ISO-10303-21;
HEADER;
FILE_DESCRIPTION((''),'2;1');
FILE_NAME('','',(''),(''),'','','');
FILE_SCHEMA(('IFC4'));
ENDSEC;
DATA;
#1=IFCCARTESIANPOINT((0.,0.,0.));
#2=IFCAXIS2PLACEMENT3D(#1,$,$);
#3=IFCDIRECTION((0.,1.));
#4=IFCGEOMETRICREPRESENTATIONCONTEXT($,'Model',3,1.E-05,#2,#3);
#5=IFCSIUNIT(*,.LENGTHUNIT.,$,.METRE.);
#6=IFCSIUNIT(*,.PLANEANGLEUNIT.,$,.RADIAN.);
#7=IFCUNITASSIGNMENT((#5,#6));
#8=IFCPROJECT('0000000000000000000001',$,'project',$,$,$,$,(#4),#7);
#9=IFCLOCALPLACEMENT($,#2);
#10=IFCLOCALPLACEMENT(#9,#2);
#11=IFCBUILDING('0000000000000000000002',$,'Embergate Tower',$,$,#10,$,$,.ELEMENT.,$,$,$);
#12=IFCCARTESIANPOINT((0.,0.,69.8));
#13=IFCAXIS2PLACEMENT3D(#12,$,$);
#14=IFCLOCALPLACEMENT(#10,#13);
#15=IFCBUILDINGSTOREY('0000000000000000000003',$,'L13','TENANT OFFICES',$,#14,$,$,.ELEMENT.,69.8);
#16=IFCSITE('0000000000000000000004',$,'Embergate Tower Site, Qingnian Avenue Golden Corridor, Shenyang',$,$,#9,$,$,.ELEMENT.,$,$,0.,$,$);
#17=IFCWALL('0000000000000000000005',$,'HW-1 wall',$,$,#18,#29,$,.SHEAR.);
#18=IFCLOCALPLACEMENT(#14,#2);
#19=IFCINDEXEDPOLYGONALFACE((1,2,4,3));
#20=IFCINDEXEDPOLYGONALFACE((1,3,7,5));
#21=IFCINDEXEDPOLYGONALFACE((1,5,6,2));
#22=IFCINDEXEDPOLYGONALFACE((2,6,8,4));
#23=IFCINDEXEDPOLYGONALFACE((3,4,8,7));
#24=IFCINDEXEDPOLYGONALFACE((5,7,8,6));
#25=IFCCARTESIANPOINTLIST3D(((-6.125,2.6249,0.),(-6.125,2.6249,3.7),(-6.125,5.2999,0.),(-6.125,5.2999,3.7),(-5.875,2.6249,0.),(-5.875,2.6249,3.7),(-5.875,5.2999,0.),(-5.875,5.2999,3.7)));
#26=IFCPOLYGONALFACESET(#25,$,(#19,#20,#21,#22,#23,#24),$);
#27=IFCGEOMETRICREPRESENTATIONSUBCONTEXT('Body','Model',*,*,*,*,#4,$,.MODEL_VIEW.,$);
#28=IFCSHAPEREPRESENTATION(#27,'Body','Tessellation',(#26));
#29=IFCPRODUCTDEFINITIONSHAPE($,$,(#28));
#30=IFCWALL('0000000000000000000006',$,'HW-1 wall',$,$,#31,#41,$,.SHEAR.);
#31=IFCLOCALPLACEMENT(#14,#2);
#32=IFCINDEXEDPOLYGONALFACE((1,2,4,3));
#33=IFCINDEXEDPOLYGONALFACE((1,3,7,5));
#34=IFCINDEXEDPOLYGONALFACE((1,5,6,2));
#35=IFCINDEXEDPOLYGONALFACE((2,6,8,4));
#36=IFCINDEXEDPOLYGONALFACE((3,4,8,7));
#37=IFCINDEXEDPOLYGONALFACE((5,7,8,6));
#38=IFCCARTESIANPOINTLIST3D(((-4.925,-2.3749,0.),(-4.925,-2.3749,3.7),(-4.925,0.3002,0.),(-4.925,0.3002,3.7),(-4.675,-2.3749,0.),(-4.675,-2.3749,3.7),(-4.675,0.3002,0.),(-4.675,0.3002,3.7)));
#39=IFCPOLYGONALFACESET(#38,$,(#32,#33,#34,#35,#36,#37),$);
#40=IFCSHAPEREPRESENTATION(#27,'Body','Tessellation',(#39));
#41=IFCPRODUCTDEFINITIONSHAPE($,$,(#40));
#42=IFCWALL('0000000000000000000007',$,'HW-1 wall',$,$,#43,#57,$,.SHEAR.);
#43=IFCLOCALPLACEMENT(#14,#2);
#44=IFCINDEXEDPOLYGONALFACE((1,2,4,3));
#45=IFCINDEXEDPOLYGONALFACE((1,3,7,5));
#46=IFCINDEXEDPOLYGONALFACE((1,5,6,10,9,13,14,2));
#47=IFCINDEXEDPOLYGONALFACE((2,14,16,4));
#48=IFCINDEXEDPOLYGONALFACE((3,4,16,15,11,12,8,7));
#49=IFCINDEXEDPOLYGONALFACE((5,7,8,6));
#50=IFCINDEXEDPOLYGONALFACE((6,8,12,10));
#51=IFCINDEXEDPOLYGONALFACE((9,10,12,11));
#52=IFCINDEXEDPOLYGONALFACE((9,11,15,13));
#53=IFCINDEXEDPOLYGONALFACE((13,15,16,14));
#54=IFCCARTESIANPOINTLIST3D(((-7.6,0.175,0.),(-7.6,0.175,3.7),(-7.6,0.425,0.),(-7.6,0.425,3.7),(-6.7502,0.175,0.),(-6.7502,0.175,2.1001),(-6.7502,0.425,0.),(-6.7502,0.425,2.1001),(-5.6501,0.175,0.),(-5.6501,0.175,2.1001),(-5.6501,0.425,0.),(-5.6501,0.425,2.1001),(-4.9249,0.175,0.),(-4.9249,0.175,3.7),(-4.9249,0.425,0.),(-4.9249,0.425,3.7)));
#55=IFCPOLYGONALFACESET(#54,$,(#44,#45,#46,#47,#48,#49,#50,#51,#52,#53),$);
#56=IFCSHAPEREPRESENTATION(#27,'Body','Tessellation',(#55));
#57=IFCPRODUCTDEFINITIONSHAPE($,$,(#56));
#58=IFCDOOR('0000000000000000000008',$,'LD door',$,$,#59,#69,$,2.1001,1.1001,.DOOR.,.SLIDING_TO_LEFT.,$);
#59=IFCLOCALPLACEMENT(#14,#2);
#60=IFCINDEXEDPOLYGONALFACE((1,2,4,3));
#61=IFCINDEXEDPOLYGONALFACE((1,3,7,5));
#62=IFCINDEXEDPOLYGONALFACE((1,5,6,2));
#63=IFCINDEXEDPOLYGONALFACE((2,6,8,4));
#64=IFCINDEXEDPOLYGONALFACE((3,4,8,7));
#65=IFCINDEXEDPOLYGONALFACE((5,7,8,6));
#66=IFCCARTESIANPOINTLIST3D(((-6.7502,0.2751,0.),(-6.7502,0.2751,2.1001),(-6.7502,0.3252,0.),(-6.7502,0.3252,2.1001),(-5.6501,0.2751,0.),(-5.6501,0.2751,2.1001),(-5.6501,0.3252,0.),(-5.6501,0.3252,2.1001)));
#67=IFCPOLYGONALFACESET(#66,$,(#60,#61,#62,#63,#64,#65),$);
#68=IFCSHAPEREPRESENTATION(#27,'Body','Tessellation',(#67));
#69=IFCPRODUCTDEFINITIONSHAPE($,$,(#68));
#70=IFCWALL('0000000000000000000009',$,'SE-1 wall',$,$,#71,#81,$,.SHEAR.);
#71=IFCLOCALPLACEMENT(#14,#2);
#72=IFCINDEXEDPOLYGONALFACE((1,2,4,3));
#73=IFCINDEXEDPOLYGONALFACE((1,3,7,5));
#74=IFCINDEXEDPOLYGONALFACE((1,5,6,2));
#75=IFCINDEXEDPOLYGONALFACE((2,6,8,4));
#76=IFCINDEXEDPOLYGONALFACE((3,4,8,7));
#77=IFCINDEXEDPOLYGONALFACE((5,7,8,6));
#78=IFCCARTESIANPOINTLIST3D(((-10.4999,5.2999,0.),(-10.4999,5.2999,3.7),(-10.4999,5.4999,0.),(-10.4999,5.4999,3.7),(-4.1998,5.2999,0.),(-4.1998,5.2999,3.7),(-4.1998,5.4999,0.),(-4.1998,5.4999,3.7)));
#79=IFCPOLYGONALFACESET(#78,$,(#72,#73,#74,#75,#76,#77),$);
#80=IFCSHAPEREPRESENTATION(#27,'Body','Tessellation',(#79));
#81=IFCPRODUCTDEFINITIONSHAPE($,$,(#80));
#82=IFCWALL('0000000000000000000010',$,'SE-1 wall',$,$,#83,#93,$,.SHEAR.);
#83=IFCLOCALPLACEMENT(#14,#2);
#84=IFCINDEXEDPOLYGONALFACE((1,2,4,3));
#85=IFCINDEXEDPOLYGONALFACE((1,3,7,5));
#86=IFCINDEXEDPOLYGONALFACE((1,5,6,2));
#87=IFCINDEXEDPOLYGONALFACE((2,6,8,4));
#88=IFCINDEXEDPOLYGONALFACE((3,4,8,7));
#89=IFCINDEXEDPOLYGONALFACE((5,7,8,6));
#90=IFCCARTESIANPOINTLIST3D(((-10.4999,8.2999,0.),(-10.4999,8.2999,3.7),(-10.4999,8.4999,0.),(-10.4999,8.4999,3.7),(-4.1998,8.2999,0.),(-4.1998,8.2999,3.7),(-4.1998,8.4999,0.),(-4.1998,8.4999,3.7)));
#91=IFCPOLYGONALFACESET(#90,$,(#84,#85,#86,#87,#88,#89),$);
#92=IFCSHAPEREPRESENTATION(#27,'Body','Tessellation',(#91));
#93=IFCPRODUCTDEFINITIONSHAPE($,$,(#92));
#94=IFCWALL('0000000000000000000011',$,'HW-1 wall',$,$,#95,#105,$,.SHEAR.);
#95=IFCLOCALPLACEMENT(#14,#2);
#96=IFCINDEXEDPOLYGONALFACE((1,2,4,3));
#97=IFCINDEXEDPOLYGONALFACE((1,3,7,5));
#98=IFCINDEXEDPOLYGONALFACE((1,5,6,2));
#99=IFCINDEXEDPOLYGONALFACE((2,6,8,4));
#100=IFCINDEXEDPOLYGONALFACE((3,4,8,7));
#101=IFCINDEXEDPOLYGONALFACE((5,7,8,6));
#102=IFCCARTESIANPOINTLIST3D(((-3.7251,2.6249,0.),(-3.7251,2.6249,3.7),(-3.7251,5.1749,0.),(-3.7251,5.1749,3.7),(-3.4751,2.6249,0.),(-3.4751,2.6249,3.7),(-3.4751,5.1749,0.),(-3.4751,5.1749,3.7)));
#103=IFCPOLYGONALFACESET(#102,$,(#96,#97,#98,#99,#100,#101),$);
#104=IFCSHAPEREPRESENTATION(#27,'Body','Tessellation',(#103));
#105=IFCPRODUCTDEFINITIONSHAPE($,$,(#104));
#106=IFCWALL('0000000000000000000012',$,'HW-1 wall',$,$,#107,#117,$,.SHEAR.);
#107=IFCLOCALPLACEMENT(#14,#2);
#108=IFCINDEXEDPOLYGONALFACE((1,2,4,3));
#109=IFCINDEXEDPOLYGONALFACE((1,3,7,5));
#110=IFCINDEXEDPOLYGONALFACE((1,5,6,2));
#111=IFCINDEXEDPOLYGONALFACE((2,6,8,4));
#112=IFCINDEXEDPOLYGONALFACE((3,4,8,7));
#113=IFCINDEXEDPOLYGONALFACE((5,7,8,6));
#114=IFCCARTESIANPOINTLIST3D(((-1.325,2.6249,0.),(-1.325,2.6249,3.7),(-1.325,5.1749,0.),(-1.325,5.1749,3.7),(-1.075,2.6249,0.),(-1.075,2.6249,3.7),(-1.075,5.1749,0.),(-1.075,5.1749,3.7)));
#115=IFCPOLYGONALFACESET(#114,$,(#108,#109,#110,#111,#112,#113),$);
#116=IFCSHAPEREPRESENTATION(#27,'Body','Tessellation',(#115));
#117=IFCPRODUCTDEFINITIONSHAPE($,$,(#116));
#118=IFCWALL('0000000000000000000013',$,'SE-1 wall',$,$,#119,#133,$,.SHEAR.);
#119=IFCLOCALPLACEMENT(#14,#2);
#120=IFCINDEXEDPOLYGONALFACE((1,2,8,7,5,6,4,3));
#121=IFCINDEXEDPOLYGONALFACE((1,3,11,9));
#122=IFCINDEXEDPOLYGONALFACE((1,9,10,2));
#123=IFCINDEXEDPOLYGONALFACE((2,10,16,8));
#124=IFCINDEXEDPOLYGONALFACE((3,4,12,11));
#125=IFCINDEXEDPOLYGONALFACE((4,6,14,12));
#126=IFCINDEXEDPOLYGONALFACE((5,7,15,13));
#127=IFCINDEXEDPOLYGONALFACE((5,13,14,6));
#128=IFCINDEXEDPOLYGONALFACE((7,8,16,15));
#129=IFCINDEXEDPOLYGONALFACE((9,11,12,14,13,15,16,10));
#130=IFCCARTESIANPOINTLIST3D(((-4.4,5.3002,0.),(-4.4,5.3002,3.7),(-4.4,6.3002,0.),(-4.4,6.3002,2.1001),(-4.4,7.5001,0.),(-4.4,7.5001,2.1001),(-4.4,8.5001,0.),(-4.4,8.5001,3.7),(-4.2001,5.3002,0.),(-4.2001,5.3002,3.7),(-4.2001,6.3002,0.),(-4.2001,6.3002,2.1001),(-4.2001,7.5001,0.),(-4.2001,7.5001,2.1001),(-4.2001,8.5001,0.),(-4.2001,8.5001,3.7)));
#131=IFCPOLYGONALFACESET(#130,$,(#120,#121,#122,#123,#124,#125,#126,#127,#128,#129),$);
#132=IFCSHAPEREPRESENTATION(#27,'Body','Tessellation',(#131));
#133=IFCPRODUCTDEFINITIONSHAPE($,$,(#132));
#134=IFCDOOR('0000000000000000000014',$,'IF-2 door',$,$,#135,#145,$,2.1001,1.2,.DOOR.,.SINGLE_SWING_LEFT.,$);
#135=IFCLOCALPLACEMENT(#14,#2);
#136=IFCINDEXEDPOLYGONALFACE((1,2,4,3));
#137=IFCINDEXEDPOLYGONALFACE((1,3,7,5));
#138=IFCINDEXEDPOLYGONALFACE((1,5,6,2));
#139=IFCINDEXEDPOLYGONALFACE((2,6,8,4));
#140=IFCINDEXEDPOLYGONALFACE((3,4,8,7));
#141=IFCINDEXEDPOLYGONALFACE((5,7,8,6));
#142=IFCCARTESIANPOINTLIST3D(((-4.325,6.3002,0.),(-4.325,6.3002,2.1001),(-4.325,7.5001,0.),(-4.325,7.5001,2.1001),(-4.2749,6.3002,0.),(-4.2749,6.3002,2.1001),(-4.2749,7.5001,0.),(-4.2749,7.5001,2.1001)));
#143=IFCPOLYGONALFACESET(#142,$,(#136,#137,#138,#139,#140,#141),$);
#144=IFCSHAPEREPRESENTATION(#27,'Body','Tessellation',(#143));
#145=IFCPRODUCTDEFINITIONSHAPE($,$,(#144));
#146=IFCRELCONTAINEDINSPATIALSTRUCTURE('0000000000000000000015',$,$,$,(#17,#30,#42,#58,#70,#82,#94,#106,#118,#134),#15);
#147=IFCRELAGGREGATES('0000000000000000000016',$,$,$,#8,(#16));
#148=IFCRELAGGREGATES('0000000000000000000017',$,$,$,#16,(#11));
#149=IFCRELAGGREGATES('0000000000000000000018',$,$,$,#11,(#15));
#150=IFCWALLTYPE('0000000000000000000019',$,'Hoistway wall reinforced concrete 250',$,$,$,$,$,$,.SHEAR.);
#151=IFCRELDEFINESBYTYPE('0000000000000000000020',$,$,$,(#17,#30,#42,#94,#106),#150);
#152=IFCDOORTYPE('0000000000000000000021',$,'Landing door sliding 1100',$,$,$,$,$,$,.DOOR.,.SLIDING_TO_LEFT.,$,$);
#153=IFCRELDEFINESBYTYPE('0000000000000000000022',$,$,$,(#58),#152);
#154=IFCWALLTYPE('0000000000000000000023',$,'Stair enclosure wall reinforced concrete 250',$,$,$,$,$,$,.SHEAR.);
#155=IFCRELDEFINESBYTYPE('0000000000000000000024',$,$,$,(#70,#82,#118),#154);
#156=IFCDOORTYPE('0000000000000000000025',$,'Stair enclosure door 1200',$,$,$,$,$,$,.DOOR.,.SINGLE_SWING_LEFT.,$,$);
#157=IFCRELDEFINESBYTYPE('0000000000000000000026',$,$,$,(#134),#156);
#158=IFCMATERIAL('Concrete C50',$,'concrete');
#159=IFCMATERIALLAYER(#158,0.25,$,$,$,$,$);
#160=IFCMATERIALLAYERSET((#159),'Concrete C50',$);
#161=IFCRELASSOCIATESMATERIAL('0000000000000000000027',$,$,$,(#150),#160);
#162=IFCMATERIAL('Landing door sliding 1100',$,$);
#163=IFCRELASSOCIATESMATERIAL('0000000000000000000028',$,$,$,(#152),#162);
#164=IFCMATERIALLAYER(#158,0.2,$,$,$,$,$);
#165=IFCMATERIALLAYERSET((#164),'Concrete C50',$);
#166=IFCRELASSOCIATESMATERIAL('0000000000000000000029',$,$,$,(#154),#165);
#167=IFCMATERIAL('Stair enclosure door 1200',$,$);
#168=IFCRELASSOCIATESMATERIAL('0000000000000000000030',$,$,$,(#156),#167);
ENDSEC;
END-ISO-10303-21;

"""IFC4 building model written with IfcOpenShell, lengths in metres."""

from ifc_helpers import new_model, si_unit, direction, frame, frame_2d, origin, place, context, subcontext, project, spatial, rectangle, extrude, source, transform, mapped, material, layer, layer_set, type_object, element, fill, save


model = new_model("IFC4")

# Units and contexts
model_context = context("Model", 3, precision=1e-05, world=origin(), true_north=direction((0.0, 1.0)))
body_context = subcontext(model_context, "Body", "Model", "MODEL_VIEW")
ifc_project = project(units=[si_unit("LENGTHUNIT", "METRE"), si_unit("PLANEANGLEUNIT", "RADIAN")], contexts=[model_context])

# Site, building, storey
site_placement = place(None, origin())
site = spatial("IfcSite", under=ifc_project, at=site_placement, Name="Embergate Tower Site, Qingnian Avenue Golden Corridor, Shenyang", CompositionType="ELEMENT", RefElevation=0.0)
building_placement = place(site_placement, origin())
building = spatial("IfcBuilding", under=site, at=building_placement, Name="Embergate Tower", CompositionType="ELEMENT")
storey_placement = place(building_placement, frame((0.0, 0.0, 69.8)))
storey = spatial("IfcBuildingStorey", under=building, at=storey_placement, Name="L13", Description="TENANT OFFICES", CompositionType="ELEMENT", Elevation=69.8)

# Walls
ifc_material_1 = material(Name="Concrete C50", Category="concrete")
ifc_layer_1 = layer(ifc_material_1, 0.25)
ifc_layer_set_1 = layer_set([ifc_layer_1], Name="Concrete C50")
wall_type_1 = type_object("IfcWallType", Name="Hoistway wall reinforced concrete 250", PredefinedType="SHEAR", material=ifc_layer_set_1)
shared_shape_1 = source(origin(), body_context, "Body", "SweptSolid", [
    extrude(rectangle(XDim=2.675, YDim=0.25, at=frame_2d((1.3374, 0.0))), origin(), (0.0, 0.0, 1.0), 3.7),
])
for number, where, z_axis, x_axis, name in (
    (1, (-6.0, 2.625, 0.0), (0.0, 0.0, 1.0), (0.0, 1.0, 0.0), "HW-1 wall"),
    (2, (-4.8, 0.3, 0.0), (0.0, 0.0, 1.0), (0.0, -1.0, 0.0), "HW-1 wall"),
):
    element("IfcWall", number, at=place(storey_placement, frame(where, z_axis=z_axis, x_axis=x_axis)), inside=storey, type_object=wall_type_1, Name=name, PredefinedType="SHEAR", context=body_context, shape_type="MappedRepresentation", body=[
        mapped(shared_shape_1, transform((0.0, 0.0, 0.0))),
    ])

# Wall, opening, door
wall_1_placement = place(storey_placement, frame((-4.925, 0.3, 0.0), z_axis=(0.0, 0.0, 1.0), x_axis=(-1.0, 0.0, 0.0)))
wall_1 = element("IfcWall", 3, at=wall_1_placement, inside=storey, type_object=wall_type_1, Name="HW-1 wall", PredefinedType="SHEAR", context=body_context, shape_type="MappedRepresentation", body=[
    mapped(shared_shape_1, transform((0.0, 0.0, 0.0))),
])
shared_shape_2 = source(origin(), body_context, "Body", "SweptSolid", [
    extrude(rectangle(XDim=1.1001, YDim=2.1001, at=frame_2d((0.55, 1.05))), frame((0.0, 0.135, 0.0), z_axis=(0.0, -1.0, 0.0), x_axis=(1.0, 0.0, 0.0)), (0.0, 0.0, 1.0), 0.27),
])
opening_1_placement = place(wall_1_placement, frame((0.7251, 0.0, 0.0)))
opening_1 = element("IfcOpeningElement", 4, at=opening_1_placement, cuts=wall_1, PredefinedType="OPENING", context=body_context, shape_type="MappedRepresentation", body=[
    mapped(shared_shape_2, transform((0.0, 0.0, 0.0))),
])
ifc_material_2 = material(Name="Landing door sliding 1100")
door_type_1 = type_object("IfcDoorType", Name="Landing door sliding 1100", OperationType="SLIDING_TO_LEFT", PredefinedType="DOOR", material=ifc_material_2)
shared_shape_3 = source(origin(), body_context, "Body", "SweptSolid", [
    extrude(rectangle(XDim=1.1001, YDim=2.1001, at=frame_2d((0.55, 1.05))), frame((0.0, 0.0249, 0.0), z_axis=(0.0, -1.0, 0.0), x_axis=(1.0, 0.0, 0.0)), (0.0, 0.0, 1.0), 0.05),
])
door_1_placement = place(opening_1_placement, origin())
door_1 = element("IfcDoor", 5, at=door_1_placement, inside=storey, type_object=door_type_1, Name="LD door", OperationType="SLIDING_TO_LEFT", OverallHeight=2.1001, OverallWidth=1.1001, PredefinedType="DOOR", context=body_context, shape_type="MappedRepresentation", body=[
    mapped(shared_shape_3, transform((0.0, 0.0, 0.0))),
])
fill(opening_1, door_1)

# Walls
ifc_layer_2 = layer(ifc_material_1, 0.2)
ifc_layer_set_2 = layer_set([ifc_layer_2], Name="Concrete C50")
wall_type_2 = type_object("IfcWallType", Name="Stair enclosure wall reinforced concrete 250", PredefinedType="SHEAR", material=ifc_layer_set_2)
shared_shape_4 = source(origin(), body_context, "Body", "SweptSolid", [
    extrude(rectangle(XDim=6.3, YDim=0.2, at=frame_2d((3.1499, 0.0))), origin(), (0.0, 0.0, 1.0), 3.7),
])
for number, where, z_axis, x_axis, name in (
    (6, (-4.2, 5.3999, 0.0), (0.0, 0.0, 1.0), (-1.0, 0.0, 0.0), "SE-1 wall"),
    (7, (-4.2, 8.3999, 0.0), (0.0, 0.0, 1.0), (-1.0, 0.0, 0.0), "SE-1 wall"),
):
    element("IfcWall", number, at=place(storey_placement, frame(where, z_axis=z_axis, x_axis=x_axis)), inside=storey, type_object=wall_type_2, Name=name, PredefinedType="SHEAR", context=body_context, shape_type="MappedRepresentation", body=[
        mapped(shared_shape_4, transform((0.0, 0.0, 0.0))),
    ])
shared_shape_5 = source(origin(), body_context, "Body", "SweptSolid", [
    extrude(rectangle(XDim=2.55, YDim=0.25, at=frame_2d((1.2749, 0.0))), origin(), (0.0, 0.0, 1.0), 3.7),
])
for number, where, z_axis, x_axis, name in (
    (8, (-3.6001, 2.625, 0.0), (0.0, 0.0, 1.0), (0.0, 1.0, 0.0), "HW-1 wall"),
    (9, (-1.2, 2.625, 0.0), (0.0, 0.0, 1.0), (0.0, 1.0, 0.0), "HW-1 wall"),
):
    element("IfcWall", number, at=place(storey_placement, frame(where, z_axis=z_axis, x_axis=x_axis)), inside=storey, type_object=wall_type_1, Name=name, PredefinedType="SHEAR", context=body_context, shape_type="MappedRepresentation", body=[
        mapped(shared_shape_5, transform((0.0, 0.0, 0.0))),
    ])

# Wall, opening, door
shared_shape_6 = source(origin(), body_context, "Body", "SweptSolid", [
    extrude(rectangle(XDim=3.2, YDim=0.2, at=frame_2d((1.6001, 0.0))), origin(), (0.0, 0.0, 1.0), 3.7),
])
wall_2_placement = place(storey_placement, frame((-4.3, 5.3, 0.0), z_axis=(0.0, 0.0, 1.0), x_axis=(0.0, 1.0, 0.0)))
wall_2 = element("IfcWall", 10, at=wall_2_placement, inside=storey, type_object=wall_type_2, Name="SE-1 wall", PredefinedType="SHEAR", context=body_context, shape_type="MappedRepresentation", body=[
    mapped(shared_shape_6, transform((0.0, 0.0, 0.0))),
])
shared_shape_7 = source(origin(), body_context, "Body", "SweptSolid", [
    extrude(rectangle(XDim=1.2, YDim=2.1001, at=frame_2d((0.6001, 1.05))), frame((0.0, 0.1099, 0.0), z_axis=(0.0, -1.0, 0.0), x_axis=(1.0, 0.0, 0.0)), (0.0, 0.0, 1.0), 0.22),
])
opening_2_placement = place(wall_2_placement, frame((1.0, 0.0, 0.0)))
opening_2 = element("IfcOpeningElement", 11, at=opening_2_placement, cuts=wall_2, PredefinedType="OPENING", context=body_context, shape_type="MappedRepresentation", body=[
    mapped(shared_shape_7, transform((0.0, 0.0, 0.0))),
])
ifc_material_3 = material(Name="Stair enclosure door 1200")
door_type_2 = type_object("IfcDoorType", Name="Stair enclosure door 1200", OperationType="SINGLE_SWING_LEFT", PredefinedType="DOOR", material=ifc_material_3)
shared_shape_8 = source(origin(), body_context, "Body", "SweptSolid", [
    extrude(rectangle(XDim=1.2, YDim=2.1001, at=frame_2d((0.6001, 1.05))), frame((0.0, 0.0249, 0.0), z_axis=(0.0, -1.0, 0.0), x_axis=(1.0, 0.0, 0.0)), (0.0, 0.0, 1.0), 0.05),
])
door_2_placement = place(opening_2_placement, origin())
door_2 = element("IfcDoor", 12, at=door_2_placement, inside=storey, type_object=door_type_2, Name="IF-2 door", OperationType="SINGLE_SWING_LEFT", OverallHeight=2.1001, OverallWidth=1.2, PredefinedType="DOOR", context=body_context, shape_type="MappedRepresentation", body=[
    mapped(shared_shape_8, transform((0.0, 0.0, 0.0))),
])
fill(opening_2, door_2)

save(model, "model.ifc")
